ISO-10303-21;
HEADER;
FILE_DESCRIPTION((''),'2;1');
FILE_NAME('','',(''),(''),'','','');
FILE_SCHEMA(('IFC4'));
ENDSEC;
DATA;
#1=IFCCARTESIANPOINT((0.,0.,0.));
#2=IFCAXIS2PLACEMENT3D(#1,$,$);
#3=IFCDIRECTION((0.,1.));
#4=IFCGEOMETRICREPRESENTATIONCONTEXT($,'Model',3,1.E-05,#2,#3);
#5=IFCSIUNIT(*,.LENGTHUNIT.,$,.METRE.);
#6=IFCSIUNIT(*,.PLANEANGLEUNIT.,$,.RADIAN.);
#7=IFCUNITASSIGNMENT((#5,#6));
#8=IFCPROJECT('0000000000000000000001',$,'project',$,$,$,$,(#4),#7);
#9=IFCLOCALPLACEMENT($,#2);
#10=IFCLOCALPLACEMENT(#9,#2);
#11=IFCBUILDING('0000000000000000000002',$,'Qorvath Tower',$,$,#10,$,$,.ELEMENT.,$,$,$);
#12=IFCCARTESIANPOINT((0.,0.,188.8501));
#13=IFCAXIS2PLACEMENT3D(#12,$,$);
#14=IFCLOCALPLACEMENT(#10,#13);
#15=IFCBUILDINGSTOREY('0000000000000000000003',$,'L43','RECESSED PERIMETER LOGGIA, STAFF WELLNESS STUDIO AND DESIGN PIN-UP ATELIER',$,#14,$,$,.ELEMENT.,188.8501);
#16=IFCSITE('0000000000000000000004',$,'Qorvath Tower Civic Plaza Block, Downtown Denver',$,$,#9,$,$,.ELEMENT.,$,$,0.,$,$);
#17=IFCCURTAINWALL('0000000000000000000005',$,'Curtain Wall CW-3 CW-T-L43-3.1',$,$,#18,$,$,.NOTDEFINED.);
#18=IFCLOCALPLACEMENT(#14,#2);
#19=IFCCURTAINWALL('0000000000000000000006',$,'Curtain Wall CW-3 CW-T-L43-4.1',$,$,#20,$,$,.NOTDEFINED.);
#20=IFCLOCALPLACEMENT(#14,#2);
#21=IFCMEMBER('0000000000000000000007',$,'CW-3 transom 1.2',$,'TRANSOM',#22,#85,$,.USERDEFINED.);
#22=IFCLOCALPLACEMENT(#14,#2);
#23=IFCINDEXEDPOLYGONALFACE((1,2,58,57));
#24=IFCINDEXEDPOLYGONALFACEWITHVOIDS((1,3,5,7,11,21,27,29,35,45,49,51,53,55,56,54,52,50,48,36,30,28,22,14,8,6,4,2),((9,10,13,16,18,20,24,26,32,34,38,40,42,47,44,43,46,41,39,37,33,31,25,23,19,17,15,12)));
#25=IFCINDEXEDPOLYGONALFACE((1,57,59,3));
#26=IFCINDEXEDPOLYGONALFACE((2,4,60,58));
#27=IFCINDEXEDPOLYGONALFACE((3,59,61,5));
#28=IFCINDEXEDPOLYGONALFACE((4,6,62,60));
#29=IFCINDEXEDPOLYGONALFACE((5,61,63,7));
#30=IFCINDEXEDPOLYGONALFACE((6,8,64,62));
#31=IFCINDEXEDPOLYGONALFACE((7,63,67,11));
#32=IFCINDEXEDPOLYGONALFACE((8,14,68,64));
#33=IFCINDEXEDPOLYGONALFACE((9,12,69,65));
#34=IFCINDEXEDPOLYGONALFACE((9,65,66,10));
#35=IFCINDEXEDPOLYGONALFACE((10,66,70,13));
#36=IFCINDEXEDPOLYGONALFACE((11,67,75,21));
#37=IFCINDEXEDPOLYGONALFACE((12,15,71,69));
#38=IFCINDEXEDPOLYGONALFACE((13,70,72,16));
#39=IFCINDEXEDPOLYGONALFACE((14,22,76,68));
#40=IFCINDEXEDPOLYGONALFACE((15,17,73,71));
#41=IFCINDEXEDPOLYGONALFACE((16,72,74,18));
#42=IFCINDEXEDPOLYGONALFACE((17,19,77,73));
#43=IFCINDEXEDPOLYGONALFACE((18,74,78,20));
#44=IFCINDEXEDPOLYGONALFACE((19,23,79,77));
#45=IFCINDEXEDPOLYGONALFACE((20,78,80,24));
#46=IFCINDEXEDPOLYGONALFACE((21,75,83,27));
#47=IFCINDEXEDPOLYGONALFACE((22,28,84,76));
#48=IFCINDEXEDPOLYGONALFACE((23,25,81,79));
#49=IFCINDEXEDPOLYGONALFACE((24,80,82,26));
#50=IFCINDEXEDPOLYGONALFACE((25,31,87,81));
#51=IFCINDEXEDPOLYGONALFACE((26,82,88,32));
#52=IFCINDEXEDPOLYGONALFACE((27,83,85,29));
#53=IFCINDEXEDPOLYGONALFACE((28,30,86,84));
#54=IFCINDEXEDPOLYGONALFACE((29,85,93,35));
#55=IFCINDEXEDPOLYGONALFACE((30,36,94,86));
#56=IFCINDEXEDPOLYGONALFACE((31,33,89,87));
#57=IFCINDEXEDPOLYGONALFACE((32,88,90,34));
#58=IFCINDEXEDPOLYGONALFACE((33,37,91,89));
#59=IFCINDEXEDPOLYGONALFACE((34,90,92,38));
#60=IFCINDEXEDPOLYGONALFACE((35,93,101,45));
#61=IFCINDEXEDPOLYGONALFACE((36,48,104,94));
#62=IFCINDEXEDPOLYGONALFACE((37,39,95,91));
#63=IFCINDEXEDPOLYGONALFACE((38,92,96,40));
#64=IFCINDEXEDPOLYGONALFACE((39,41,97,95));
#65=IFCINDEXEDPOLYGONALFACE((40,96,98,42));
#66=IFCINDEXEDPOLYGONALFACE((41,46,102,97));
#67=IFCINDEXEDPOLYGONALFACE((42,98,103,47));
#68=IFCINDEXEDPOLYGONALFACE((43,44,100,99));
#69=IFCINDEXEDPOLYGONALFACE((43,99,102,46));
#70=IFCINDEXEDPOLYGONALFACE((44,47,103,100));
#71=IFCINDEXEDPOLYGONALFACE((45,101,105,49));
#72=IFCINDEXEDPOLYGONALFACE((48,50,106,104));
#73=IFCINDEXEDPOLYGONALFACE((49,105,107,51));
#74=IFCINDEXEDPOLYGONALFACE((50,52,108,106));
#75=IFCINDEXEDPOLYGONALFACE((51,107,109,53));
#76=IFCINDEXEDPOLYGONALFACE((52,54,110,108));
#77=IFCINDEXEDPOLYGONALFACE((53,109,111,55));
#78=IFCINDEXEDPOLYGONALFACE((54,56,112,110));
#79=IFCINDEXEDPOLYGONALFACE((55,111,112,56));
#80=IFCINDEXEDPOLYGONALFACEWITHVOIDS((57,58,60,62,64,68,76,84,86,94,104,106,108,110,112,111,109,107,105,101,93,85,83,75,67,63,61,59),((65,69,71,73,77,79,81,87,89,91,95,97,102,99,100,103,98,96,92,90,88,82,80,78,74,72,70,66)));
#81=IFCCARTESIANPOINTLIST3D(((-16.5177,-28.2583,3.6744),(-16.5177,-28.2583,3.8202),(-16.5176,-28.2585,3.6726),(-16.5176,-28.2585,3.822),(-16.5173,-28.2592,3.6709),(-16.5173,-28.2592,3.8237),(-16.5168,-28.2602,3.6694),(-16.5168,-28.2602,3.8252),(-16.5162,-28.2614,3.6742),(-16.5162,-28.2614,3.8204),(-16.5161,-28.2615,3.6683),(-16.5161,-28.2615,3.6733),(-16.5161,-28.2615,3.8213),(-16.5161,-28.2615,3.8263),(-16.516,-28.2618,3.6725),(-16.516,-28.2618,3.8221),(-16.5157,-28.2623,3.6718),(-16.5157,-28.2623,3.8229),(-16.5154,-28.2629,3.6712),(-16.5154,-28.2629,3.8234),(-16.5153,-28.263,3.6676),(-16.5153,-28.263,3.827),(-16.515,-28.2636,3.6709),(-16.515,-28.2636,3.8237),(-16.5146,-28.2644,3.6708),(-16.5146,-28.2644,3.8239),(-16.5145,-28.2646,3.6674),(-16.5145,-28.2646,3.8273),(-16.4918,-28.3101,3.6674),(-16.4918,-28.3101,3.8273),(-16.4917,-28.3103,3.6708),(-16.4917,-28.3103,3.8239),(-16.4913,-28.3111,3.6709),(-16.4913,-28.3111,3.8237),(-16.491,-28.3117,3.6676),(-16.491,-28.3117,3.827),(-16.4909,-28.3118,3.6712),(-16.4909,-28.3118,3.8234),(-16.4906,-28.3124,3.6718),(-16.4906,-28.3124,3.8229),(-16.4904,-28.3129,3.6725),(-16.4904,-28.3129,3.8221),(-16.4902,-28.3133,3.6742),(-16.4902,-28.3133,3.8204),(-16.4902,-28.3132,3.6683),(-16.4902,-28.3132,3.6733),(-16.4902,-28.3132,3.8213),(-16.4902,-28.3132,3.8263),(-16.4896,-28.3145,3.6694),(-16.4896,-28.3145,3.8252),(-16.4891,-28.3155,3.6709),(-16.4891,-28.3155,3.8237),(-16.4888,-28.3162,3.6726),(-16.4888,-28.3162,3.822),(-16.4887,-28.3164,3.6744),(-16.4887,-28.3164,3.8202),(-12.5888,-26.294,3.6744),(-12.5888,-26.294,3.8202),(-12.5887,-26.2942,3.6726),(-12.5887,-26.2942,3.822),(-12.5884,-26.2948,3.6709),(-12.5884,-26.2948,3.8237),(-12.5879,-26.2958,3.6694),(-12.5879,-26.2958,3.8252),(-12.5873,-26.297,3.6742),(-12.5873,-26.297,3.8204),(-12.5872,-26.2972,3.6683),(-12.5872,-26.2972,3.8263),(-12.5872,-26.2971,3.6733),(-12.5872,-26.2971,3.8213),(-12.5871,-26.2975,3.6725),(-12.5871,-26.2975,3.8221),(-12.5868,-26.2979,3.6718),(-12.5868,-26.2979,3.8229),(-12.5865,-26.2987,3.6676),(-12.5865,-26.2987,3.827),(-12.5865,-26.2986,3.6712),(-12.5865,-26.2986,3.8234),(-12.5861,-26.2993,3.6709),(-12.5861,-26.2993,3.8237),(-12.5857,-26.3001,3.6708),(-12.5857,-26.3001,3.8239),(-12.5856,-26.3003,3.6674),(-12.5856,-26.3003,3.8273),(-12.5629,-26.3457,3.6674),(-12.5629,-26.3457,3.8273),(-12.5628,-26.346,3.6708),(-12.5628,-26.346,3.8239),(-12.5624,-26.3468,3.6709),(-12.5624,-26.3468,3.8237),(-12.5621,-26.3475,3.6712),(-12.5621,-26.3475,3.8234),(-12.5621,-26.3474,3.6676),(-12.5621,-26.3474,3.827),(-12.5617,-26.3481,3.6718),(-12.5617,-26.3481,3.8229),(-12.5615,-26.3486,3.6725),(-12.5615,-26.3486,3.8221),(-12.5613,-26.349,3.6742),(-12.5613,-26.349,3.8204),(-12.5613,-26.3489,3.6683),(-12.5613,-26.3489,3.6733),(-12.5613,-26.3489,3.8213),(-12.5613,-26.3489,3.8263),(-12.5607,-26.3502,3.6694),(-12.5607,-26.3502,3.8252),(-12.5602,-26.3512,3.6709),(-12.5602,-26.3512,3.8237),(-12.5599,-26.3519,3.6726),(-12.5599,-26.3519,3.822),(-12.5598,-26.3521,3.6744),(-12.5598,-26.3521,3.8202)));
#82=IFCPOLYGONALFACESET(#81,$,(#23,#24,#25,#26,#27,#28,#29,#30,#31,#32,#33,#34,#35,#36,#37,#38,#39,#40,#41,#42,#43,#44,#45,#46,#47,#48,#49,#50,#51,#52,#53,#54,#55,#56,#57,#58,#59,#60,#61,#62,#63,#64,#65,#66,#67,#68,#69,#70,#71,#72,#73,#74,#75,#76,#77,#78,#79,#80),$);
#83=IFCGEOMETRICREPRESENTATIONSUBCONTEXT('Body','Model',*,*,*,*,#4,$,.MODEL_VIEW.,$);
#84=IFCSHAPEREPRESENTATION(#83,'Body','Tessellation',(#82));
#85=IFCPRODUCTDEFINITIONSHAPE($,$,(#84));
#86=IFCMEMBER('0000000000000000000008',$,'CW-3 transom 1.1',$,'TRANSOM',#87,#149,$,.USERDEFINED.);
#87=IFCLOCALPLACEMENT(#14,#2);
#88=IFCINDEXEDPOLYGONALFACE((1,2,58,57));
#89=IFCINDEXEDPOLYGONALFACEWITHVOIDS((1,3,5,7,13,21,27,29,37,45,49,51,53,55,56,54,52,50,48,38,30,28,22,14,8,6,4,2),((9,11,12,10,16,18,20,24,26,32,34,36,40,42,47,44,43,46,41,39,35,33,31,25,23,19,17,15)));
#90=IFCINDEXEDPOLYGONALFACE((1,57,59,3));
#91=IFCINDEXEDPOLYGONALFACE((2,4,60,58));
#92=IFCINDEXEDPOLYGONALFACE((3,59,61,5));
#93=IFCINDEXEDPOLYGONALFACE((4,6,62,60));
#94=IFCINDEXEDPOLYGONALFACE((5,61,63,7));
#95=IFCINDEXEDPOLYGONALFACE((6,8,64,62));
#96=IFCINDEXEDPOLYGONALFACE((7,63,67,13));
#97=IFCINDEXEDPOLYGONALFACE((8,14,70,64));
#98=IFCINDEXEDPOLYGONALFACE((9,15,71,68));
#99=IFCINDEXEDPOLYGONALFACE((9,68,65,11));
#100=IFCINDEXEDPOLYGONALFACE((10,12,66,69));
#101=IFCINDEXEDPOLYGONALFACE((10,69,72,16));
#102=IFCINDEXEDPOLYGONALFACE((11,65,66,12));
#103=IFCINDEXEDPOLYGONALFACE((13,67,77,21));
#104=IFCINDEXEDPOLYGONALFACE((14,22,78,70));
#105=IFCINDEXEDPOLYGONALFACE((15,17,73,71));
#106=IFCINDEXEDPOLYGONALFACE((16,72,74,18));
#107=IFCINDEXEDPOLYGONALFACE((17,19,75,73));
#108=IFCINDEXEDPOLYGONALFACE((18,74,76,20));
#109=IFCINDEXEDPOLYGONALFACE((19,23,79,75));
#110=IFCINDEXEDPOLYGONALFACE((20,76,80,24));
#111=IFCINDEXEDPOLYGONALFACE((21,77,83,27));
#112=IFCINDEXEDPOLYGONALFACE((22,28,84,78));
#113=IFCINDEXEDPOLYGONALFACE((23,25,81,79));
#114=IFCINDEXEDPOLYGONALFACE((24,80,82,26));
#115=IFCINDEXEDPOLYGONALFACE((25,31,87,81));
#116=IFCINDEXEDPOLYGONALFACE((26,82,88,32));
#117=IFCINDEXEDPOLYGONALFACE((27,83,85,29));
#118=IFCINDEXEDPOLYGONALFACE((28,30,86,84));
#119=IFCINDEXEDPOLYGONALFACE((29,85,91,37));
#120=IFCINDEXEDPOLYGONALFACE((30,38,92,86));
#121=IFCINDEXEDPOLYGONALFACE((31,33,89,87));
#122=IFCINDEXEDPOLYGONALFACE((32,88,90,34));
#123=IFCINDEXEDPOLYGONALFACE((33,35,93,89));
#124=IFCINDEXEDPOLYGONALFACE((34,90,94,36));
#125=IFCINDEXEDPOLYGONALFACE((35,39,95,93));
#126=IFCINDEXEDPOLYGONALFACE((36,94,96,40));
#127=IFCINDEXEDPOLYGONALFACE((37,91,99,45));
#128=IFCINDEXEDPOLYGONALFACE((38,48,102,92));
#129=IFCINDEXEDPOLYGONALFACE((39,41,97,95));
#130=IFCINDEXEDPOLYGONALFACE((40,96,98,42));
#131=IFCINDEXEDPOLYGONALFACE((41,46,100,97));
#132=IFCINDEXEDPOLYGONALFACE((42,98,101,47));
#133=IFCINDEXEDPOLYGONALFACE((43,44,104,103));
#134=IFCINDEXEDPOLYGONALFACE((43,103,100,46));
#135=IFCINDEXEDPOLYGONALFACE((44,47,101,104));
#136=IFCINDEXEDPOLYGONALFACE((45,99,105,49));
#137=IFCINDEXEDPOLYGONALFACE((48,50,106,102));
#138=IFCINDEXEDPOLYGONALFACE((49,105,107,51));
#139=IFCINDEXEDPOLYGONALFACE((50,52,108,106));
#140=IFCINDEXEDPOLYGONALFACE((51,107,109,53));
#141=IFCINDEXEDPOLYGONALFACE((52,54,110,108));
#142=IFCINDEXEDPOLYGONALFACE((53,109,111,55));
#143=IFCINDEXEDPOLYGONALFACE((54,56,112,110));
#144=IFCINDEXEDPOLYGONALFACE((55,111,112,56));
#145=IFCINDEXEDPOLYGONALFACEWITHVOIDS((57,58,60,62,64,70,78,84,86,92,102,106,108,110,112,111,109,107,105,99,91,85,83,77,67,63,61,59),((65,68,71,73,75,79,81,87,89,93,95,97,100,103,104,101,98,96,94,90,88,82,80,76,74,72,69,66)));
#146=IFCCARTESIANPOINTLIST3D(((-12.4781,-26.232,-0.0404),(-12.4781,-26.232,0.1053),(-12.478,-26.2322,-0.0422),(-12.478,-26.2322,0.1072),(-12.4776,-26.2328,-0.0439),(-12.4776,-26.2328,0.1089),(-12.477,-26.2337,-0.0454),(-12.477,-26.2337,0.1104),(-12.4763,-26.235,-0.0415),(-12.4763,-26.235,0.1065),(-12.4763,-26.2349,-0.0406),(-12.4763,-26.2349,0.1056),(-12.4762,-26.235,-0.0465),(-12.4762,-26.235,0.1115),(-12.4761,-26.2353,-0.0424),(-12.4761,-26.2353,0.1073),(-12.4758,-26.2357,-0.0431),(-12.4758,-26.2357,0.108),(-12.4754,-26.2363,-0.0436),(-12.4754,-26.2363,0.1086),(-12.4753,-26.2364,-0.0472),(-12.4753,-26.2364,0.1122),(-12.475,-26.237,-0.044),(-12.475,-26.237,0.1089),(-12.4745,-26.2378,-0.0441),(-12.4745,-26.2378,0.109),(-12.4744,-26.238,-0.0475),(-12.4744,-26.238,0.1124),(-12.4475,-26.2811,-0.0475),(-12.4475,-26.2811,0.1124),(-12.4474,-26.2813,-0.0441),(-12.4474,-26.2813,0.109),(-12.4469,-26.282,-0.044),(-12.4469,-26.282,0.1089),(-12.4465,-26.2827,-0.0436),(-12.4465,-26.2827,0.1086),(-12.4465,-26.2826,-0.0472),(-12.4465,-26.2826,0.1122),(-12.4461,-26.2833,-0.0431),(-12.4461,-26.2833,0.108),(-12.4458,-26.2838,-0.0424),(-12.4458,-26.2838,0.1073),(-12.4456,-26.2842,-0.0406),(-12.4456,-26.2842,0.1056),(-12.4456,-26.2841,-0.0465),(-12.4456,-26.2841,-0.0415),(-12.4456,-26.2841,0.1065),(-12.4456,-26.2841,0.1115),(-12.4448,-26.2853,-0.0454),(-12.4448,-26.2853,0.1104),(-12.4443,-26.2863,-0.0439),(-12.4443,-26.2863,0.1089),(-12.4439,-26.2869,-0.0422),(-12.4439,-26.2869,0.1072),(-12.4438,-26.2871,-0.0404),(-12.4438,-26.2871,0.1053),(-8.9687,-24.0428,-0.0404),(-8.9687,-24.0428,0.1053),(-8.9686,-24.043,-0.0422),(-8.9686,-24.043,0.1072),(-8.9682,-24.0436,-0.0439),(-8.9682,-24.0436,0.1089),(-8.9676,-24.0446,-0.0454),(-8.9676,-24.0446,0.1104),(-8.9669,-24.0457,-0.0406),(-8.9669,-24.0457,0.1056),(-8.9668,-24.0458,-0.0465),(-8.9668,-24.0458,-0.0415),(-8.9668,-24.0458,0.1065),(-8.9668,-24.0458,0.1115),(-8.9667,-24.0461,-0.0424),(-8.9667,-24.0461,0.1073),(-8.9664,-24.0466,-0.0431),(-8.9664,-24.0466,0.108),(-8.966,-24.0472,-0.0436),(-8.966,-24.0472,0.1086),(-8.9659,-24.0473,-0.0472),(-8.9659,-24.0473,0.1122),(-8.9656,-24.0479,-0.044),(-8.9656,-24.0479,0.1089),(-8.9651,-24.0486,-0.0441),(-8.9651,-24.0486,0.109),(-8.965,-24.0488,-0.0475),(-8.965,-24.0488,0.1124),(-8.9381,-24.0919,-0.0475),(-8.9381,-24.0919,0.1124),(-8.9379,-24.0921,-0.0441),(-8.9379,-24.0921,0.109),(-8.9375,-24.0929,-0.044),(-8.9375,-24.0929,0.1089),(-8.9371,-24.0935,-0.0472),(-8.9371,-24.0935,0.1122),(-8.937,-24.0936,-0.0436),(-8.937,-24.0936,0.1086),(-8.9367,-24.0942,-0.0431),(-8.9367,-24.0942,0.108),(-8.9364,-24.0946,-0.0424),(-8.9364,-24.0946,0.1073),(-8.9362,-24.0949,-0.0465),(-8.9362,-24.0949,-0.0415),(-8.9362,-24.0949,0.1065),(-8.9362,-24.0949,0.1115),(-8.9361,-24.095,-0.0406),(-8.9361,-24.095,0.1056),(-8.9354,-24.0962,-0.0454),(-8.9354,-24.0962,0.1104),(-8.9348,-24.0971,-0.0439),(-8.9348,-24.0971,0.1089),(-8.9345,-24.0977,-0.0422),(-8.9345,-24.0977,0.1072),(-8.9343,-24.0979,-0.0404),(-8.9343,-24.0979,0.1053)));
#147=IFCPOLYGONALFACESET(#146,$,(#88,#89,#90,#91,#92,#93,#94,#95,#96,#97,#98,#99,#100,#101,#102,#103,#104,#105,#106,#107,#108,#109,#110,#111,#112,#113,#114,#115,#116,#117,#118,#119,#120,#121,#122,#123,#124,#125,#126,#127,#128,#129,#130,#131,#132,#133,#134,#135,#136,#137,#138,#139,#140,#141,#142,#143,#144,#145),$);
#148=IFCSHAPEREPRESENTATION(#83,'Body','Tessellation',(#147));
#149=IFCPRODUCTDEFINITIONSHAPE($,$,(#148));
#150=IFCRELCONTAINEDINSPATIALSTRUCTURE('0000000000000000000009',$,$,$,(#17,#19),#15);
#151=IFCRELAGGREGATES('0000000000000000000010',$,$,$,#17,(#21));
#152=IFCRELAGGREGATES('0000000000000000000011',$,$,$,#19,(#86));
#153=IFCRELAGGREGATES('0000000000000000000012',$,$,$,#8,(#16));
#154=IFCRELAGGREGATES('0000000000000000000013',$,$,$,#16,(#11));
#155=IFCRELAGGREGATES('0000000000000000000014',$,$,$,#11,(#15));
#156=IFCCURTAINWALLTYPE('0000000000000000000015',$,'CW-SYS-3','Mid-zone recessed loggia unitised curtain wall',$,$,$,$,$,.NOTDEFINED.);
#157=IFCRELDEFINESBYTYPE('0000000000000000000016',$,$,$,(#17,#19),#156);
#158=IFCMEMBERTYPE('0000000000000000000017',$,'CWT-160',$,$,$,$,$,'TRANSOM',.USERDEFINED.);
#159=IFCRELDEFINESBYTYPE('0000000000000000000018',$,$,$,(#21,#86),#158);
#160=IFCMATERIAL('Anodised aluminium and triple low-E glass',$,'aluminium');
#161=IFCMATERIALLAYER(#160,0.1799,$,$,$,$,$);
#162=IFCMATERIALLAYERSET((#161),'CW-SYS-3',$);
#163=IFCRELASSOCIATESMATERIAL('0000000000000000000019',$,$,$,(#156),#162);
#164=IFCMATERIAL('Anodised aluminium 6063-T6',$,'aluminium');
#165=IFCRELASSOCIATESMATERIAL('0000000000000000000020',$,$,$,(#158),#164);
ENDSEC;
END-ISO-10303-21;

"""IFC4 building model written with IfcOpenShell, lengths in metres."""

from ifc_helpers import new_model, si_unit, direction, frame, origin, origin_2d, place, context, subcontext, project, spatial, hollow_rectangle, extrude, material, layer, layer_set, material_profile, profile_set, type_object, element, aggregate, save


model = new_model("IFC4")

# Units and contexts
model_context = context("Model", 3, precision=1e-05, world=origin(), true_north=direction((0.0, 1.0)))
body_context = subcontext(model_context, "Body", "Model", "MODEL_VIEW")
ifc_project = project(units=[si_unit("LENGTHUNIT", "METRE"), si_unit("PLANEANGLEUNIT", "RADIAN")], contexts=[model_context])

# Site, building, storey
site_placement = place(None, origin())
site = spatial("IfcSite", under=ifc_project, at=site_placement, Name="Qorvath Tower Civic Plaza Block, Downtown Denver", CompositionType="ELEMENT", RefElevation=0.0)
building_placement = place(site_placement, origin())
building = spatial("IfcBuilding", under=site, at=building_placement, Name="Qorvath Tower", CompositionType="ELEMENT")
storey_placement = place(building_placement, frame((0.0, 0.0, 188.8501)))
storey = spatial("IfcBuildingStorey", under=building, at=storey_placement, Name="L43", Description="RECESSED PERIMETER LOGGIA, STAFF WELLNESS STUDIO AND DESIGN PIN-UP ATELIER", CompositionType="ELEMENT", Elevation=188.8501)

# Shared definitions
ifc_material_1 = material(Name="Anodised aluminium and triple low-E glass", Category="aluminium")
ifc_layer_1 = layer(ifc_material_1, 0.1799)
ifc_layer_set_1 = layer_set([ifc_layer_1], Name="CW-SYS-3")
curtain_wall_type = type_object("IfcCurtainWallType", Name="CW-SYS-3", Description="Mid-zone recessed loggia unitised curtain wall", PredefinedType="NOTDEFINED", material=ifc_layer_set_1)

# Curtain walls
curtain_wall_1_placement = place(storey_placement, origin())
curtain_wall_1 = element("IfcCurtainWall", 1, at=curtain_wall_1_placement, inside=storey, type_object=curtain_wall_type, Name="Curtain Wall CW-3 CW-T-L43-3.1", PredefinedType="NOTDEFINED")
curtain_wall_2_placement = place(storey_placement, origin())
curtain_wall_2 = element("IfcCurtainWall", 2, at=curtain_wall_2_placement, inside=storey, type_object=curtain_wall_type, Name="Curtain Wall CW-3 CW-T-L43-4.1", PredefinedType="NOTDEFINED")

# Members
ifc_material_2 = material(Name="Anodised aluminium 6063-T6", Category="aluminium")
ifc_material_profile_1 = material_profile(ifc_material_2, hollow_rectangle(XDim=0.0649, YDim=0.1599, WallThickness=0.0034, InnerFilletRadius=0.0034, OuterFilletRadius=0.0071, at=origin_2d()), Name="CWT 160x65")
ifc_profile_set_1 = profile_set([ifc_material_profile_1], Name="Anodised aluminium 6063-T6")
member_type_1 = type_object("IfcMemberType", Name="CWT-160", ElementType="TRANSOM", PredefinedType="USERDEFINED", material=ifc_profile_set_1)
member_1_placement = place(storey_placement, frame((-16.5032, -28.2874, 3.7473), z_axis=(0.894438, 0.447191, 0.0), x_axis=(-0.447191, 0.894438, 0.0)))
member_1 = element("IfcMember", 3, at=member_1_placement, type_object=member_type_1, Name="CW-3 transom 1.2", ObjectType="TRANSOM", PredefinedType="USERDEFINED", context=body_context, shape_type="SweptSolid", body=[
    extrude(hollow_rectangle(XDim=0.0649, YDim=0.1599, WallThickness=0.0034, InnerFilletRadius=0.0034, OuterFilletRadius=0.0071, at=origin_2d()), origin(), (0.0, 0.0, 1.0), 4.3926),
])
member_2_placement = place(storey_placement, frame((-12.4609, -26.2595, 0.0325), z_axis=(0.848459, 0.529261, 0.0), x_axis=(-0.529261, 0.848459, 0.0)))
member_2 = element("IfcMember", 4, at=member_2_placement, type_object=member_type_1, Name="CW-3 transom 1.1", ObjectType="TRANSOM", PredefinedType="USERDEFINED", context=body_context, shape_type="SweptSolid", body=[
    extrude(hollow_rectangle(XDim=0.0649, YDim=0.1599, WallThickness=0.0034, InnerFilletRadius=0.0034, OuterFilletRadius=0.0071, at=origin_2d()), origin(), (0.0, 0.0, 1.0), 4.1362),
])

aggregate(curtain_wall_1, [member_1])
aggregate(curtain_wall_2, [member_2])

save(model, "model.ifc")
